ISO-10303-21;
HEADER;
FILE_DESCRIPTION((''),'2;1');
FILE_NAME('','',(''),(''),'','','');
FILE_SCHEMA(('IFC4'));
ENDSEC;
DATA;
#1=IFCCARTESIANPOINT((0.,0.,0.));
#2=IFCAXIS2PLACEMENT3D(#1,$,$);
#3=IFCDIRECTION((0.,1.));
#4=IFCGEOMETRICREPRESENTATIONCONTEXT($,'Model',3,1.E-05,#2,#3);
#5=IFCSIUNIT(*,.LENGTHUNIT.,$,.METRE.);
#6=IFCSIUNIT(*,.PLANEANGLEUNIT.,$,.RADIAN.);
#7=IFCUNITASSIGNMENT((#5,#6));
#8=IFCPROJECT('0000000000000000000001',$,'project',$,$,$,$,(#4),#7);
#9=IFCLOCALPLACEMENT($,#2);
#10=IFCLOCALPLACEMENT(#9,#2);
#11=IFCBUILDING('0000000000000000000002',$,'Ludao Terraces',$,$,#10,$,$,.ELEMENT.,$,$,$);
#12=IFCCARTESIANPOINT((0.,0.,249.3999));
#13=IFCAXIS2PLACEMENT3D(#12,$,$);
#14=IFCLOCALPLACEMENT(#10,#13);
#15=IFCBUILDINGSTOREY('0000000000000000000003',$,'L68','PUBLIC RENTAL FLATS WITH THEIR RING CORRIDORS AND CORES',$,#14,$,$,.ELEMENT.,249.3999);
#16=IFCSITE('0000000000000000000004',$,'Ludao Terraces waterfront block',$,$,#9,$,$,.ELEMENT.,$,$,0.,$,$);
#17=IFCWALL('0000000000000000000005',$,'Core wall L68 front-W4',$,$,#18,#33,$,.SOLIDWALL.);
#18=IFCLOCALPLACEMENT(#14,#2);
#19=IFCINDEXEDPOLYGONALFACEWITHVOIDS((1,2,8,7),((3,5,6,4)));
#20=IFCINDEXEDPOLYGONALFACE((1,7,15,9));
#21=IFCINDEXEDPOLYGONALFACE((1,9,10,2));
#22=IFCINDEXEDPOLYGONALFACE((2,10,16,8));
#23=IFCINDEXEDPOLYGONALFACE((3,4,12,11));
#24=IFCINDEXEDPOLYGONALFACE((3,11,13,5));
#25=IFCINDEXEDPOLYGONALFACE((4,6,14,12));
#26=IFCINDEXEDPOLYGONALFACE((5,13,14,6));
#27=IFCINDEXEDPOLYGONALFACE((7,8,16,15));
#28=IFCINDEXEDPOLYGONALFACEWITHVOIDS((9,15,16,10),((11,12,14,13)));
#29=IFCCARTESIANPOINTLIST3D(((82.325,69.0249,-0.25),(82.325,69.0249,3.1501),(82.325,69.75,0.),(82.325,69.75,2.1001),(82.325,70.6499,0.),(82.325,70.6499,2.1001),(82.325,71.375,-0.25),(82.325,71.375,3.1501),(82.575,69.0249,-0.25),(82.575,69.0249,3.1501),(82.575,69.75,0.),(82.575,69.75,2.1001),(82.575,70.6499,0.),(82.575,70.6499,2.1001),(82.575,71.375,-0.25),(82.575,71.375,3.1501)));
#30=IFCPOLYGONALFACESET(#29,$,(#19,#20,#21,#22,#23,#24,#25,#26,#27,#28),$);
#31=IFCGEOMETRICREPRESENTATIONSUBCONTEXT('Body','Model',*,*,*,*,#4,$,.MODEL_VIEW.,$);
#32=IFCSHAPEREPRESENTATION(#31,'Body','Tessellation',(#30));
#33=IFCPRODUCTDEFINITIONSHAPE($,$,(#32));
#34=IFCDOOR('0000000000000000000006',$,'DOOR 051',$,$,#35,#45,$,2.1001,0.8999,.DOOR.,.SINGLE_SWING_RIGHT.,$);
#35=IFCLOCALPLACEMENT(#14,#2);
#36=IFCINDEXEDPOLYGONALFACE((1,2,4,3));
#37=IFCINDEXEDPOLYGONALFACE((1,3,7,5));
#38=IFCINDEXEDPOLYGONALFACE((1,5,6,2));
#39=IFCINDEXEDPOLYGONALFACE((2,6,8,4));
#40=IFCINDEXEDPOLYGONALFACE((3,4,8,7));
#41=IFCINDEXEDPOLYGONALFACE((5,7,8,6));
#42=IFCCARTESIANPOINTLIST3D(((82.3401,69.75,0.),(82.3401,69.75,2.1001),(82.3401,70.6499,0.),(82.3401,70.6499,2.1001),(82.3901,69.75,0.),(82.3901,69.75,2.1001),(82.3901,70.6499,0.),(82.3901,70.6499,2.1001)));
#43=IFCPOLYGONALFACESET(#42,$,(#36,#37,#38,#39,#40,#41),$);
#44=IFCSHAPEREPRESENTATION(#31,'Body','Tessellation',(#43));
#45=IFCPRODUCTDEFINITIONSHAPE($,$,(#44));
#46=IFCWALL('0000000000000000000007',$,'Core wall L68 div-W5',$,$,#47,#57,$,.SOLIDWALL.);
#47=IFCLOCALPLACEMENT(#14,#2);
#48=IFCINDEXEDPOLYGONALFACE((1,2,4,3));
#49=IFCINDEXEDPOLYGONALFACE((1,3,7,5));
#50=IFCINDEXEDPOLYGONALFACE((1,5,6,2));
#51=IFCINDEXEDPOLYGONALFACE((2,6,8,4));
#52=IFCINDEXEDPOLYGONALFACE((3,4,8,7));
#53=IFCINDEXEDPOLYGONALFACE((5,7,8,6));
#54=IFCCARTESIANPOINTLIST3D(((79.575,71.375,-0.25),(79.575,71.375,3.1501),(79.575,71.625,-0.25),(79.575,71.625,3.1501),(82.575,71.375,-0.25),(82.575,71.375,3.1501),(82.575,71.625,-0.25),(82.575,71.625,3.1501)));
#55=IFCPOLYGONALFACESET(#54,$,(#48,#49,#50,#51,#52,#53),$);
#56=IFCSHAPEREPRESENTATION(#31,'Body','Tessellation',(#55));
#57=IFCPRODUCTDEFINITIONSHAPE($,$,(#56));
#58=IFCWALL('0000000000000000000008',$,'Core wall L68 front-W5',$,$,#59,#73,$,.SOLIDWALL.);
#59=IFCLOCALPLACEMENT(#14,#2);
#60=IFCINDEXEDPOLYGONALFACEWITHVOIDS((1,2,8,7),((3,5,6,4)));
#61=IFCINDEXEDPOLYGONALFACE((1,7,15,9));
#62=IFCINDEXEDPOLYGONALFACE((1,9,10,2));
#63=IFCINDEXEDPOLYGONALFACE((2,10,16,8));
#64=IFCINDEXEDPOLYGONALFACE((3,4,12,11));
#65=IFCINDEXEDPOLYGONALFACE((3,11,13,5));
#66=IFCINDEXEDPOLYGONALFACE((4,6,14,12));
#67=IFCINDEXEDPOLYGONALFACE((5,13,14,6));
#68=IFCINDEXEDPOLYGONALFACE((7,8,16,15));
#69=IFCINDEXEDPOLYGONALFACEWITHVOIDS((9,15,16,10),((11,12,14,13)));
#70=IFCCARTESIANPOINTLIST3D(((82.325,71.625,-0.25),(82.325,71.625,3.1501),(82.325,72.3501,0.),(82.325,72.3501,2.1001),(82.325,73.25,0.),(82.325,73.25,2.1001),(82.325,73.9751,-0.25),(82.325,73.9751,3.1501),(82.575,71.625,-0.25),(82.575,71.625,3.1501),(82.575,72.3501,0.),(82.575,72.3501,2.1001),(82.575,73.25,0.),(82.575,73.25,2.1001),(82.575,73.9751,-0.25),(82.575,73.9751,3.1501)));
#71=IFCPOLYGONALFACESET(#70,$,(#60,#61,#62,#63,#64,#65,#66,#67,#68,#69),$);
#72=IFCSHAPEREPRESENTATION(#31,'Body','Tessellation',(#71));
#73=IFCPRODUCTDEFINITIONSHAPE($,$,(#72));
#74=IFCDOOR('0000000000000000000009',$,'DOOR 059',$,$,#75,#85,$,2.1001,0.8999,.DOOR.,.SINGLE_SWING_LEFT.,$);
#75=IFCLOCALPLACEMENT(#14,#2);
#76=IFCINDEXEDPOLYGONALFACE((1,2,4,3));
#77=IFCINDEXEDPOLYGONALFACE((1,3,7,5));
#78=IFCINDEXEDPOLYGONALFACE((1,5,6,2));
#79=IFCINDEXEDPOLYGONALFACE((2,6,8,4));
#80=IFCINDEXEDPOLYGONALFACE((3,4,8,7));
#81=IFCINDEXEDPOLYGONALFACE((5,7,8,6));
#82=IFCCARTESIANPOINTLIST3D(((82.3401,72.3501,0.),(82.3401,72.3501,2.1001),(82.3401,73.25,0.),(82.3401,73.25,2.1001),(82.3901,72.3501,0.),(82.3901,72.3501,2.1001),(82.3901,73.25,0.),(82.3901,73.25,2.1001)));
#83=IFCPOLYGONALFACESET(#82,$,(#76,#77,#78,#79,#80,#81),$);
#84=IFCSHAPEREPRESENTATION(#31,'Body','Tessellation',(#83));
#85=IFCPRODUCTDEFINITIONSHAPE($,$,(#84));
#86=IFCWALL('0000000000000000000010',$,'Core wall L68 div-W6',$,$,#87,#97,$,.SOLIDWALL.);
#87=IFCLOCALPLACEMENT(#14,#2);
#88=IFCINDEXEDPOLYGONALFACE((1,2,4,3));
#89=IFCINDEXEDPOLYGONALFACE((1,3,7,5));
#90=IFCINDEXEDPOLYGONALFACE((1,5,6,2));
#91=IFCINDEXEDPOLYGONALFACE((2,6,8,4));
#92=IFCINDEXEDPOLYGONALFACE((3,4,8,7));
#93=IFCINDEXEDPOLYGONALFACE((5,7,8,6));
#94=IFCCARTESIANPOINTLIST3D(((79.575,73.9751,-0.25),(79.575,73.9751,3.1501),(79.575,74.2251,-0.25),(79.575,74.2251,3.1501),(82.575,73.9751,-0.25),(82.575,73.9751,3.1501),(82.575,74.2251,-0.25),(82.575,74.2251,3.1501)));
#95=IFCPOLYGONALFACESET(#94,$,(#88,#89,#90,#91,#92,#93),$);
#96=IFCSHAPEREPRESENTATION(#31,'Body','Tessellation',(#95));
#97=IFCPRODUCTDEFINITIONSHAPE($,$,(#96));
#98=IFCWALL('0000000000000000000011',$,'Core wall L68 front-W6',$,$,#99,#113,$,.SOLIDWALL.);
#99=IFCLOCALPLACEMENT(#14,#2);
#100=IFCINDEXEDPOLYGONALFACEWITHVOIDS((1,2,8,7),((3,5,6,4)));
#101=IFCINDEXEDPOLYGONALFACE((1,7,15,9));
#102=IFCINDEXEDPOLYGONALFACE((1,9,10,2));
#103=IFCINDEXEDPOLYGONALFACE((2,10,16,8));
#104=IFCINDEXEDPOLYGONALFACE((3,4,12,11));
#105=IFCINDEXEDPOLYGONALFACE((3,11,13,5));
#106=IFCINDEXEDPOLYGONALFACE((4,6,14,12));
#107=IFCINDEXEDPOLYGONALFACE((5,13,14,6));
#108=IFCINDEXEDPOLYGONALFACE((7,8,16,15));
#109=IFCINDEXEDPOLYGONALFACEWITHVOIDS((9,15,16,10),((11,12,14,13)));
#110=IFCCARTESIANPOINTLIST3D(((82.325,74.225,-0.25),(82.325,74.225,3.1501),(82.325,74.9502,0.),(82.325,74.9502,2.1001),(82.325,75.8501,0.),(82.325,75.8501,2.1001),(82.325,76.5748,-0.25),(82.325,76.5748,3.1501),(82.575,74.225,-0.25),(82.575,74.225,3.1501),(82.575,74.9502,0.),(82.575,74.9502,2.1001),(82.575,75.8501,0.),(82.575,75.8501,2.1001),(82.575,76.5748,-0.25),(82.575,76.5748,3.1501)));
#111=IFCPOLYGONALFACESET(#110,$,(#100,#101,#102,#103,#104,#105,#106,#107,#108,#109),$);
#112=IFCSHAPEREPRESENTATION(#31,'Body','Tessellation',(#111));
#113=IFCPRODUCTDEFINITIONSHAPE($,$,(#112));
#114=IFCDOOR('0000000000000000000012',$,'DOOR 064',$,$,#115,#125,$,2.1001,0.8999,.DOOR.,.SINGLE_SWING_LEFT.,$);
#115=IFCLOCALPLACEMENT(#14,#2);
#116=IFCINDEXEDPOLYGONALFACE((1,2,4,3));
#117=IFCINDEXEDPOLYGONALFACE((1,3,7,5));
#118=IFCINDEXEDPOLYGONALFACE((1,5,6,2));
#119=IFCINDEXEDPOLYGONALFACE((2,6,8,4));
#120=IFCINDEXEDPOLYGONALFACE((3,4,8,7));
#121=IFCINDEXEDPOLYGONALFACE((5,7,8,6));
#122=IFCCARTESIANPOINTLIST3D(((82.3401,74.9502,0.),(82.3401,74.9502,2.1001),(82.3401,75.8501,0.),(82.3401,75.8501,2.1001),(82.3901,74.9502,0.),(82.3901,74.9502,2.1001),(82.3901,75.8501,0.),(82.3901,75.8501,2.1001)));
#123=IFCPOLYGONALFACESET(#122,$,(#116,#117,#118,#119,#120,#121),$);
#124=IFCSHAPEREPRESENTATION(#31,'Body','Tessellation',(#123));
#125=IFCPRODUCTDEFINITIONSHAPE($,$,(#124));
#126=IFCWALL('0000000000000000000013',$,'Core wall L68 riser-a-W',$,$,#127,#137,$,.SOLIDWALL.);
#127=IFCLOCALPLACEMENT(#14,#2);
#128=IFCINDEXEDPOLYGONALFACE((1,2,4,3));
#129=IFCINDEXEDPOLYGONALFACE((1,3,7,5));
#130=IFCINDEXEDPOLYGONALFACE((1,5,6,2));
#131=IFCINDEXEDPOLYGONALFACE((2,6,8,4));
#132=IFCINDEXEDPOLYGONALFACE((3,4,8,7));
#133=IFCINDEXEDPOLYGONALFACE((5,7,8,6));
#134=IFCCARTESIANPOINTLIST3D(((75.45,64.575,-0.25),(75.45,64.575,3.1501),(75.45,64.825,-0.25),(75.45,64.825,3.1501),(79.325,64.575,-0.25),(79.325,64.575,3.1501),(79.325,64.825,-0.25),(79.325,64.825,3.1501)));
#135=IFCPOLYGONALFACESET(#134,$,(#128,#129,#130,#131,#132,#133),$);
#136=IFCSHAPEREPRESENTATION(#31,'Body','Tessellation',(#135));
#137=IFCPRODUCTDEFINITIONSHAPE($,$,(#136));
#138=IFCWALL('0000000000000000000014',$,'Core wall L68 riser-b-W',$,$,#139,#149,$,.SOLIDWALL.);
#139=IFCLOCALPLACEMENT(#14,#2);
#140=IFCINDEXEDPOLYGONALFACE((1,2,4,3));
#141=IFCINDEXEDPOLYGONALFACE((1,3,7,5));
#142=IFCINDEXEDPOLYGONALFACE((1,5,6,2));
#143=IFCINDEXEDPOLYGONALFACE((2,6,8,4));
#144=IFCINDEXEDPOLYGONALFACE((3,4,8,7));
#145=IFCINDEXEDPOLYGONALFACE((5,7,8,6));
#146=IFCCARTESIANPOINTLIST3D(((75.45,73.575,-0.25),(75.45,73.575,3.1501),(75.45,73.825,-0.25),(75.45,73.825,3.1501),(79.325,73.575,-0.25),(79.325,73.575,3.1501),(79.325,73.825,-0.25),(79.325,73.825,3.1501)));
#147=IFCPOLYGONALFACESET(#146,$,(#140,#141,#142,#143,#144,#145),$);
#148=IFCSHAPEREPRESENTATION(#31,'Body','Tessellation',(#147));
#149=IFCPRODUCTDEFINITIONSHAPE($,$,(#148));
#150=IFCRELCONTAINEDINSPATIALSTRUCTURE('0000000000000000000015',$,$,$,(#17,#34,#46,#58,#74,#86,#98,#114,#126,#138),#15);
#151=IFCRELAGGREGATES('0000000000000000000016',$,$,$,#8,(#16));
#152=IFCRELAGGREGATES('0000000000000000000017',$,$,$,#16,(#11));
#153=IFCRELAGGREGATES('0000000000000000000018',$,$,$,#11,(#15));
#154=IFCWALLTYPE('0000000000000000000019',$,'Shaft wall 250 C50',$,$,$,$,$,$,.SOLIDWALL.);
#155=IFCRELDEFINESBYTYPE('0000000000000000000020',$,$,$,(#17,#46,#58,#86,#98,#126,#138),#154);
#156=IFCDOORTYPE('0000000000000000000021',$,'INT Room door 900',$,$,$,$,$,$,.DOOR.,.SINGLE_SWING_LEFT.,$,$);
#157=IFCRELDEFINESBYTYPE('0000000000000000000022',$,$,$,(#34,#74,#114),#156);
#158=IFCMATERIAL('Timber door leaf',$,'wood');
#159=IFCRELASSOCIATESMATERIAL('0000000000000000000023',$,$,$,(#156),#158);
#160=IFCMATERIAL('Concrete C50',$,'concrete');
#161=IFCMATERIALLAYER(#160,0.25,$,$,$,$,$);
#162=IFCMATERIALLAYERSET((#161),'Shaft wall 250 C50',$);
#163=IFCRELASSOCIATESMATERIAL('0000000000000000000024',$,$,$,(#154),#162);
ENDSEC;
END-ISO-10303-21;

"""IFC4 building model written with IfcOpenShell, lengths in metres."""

from ifc_helpers import new_model, si_unit, direction, frame, frame_2d, origin, place, context, subcontext, project, spatial, rectangle, extrude, material, layer, layer_set, type_object, element, fill, save


model = new_model("IFC4")

# Units and contexts
model_context = context("Model", 3, precision=1e-05, world=origin(), true_north=direction((0.0, 1.0)))
body_context = subcontext(model_context, "Body", "Model", "MODEL_VIEW")
ifc_project = project(units=[si_unit("LENGTHUNIT", "METRE"), si_unit("PLANEANGLEUNIT", "RADIAN")], contexts=[model_context])

# Site, building, storey
site_placement = place(None, origin())
site = spatial("IfcSite", under=ifc_project, at=site_placement, Name="Ludao Terraces waterfront block", CompositionType="ELEMENT", RefElevation=0.0)
building_placement = place(site_placement, origin())
building = spatial("IfcBuilding", under=site, at=building_placement, Name="Ludao Terraces", CompositionType="ELEMENT")
storey_placement = place(building_placement, frame((0.0, 0.0, 249.3999)))
storey = spatial("IfcBuildingStorey", under=building, at=storey_placement, Name="L68", Description="PUBLIC RENTAL FLATS WITH THEIR RING CORRIDORS AND CORES", CompositionType="ELEMENT", Elevation=249.3999)

# Shared definitions
ifc_material_1 = material(Name="Timber door leaf", Category="wood")
door_type_1 = type_object("IfcDoorType", Name="INT Room door 900", OperationType="SINGLE_SWING_LEFT", PredefinedType="DOOR", material=ifc_material_1)

# Shared definitions
ifc_material_2 = material(Name="Concrete C50", Category="concrete")
ifc_layer_1 = layer(ifc_material_2, 0.25)
ifc_layer_set_1 = layer_set([ifc_layer_1], Name="Shaft wall 250 C50")
wall_type_1 = type_object("IfcWallType", Name="Shaft wall 250 C50", PredefinedType="SOLIDWALL", material=ifc_layer_set_1)

# Wall, opening, door
wall_1_placement = place(storey_placement, frame((82.45, 69.0249, -0.25), z_axis=(0.0, 0.0, 1.0), x_axis=(0.0, 1.0, 0.0)))
wall_1 = element("IfcWall", 1, at=wall_1_placement, inside=storey, type_object=wall_type_1, Name="Core wall L68 front-W4", PredefinedType="SOLIDWALL", context=body_context, shape_type="SweptSolid", body=[
    extrude(rectangle(XDim=2.3501, YDim=0.25, at=frame_2d((1.175, 0.0))), origin(), (0.0, 0.0, 1.0), 3.4001),
])
opening_1_placement = place(wall_1_placement, frame((0.7251, 0.0, 0.25)))
opening_1 = element("IfcOpeningElement", 2, at=opening_1_placement, cuts=wall_1, PredefinedType="OPENING", context=body_context, shape_type="SweptSolid", body=[
    extrude(rectangle(XDim=0.8999, YDim=2.1001, at=frame_2d((0.45, 1.05))), frame((0.0, 0.135, 0.0), z_axis=(0.0, -1.0, 0.0), x_axis=(1.0, 0.0, 0.0)), (0.0, 0.0, 1.0), 0.27),
])
door_1_placement = place(opening_1_placement, origin())
door_1 = element("IfcDoor", 3, at=door_1_placement, inside=storey, type_object=door_type_1, Name="DOOR 051", OperationType="SINGLE_SWING_RIGHT", OverallHeight=2.1001, OverallWidth=0.8999, PredefinedType="DOOR", context=body_context, shape_type="SweptSolid", body=[
    extrude(rectangle(XDim=0.8999, YDim=2.1001, at=frame_2d((0.45, 1.05))), frame((0.0, 0.1099, 0.0), z_axis=(0.0, -1.0, 0.0), x_axis=(1.0, 0.0, 0.0)), (0.0, 0.0, 1.0), 0.05),
])
fill(opening_1, door_1)

# Wall
wall_2_placement = place(storey_placement, frame((79.575, 71.5, -0.25), z_axis=(0.0, 0.0, 1.0), x_axis=(1.0, 0.0, 0.0)))
element("IfcWall", 4, at=wall_2_placement, inside=storey, type_object=wall_type_1, Name="Core wall L68 div-W5", PredefinedType="SOLIDWALL", context=body_context, shape_type="SweptSolid", body=[
    extrude(rectangle(XDim=3.0, YDim=0.25, at=frame_2d((1.5, 0.0))), origin(), (0.0, 0.0, 1.0), 3.4001),
])

# Wall, opening, door
wall_3_placement = place(storey_placement, frame((82.45, 71.625, -0.25), z_axis=(0.0, 0.0, 1.0), x_axis=(0.0, 1.0, 0.0)))
wall_3 = element("IfcWall", 5, at=wall_3_placement, inside=storey, type_object=wall_type_1, Name="Core wall L68 front-W5", PredefinedType="SOLIDWALL", context=body_context, shape_type="SweptSolid", body=[
    extrude(rectangle(XDim=2.3501, YDim=0.25, at=frame_2d((1.175, 0.0))), origin(), (0.0, 0.0, 1.0), 3.4001),
])
opening_2_placement = place(wall_3_placement, frame((0.7251, 0.0, 0.25)))
opening_2 = element("IfcOpeningElement", 6, at=opening_2_placement, cuts=wall_3, PredefinedType="OPENING", context=body_context, shape_type="SweptSolid", body=[
    extrude(rectangle(XDim=0.8999, YDim=2.1001, at=frame_2d((0.45, 1.05))), frame((0.0, 0.135, 0.0), z_axis=(0.0, -1.0, 0.0), x_axis=(1.0, 0.0, 0.0)), (0.0, 0.0, 1.0), 0.27),
])
door_2_placement = place(opening_2_placement, origin())
door_2 = element("IfcDoor", 7, at=door_2_placement, inside=storey, type_object=door_type_1, Name="DOOR 059", OperationType="SINGLE_SWING_LEFT", OverallHeight=2.1001, OverallWidth=0.8999, PredefinedType="DOOR", context=body_context, shape_type="SweptSolid", body=[
    extrude(rectangle(XDim=0.8999, YDim=2.1001, at=frame_2d((0.45, 1.05))), frame((0.0, 0.1099, 0.0), z_axis=(0.0, -1.0, 0.0), x_axis=(1.0, 0.0, 0.0)), (0.0, 0.0, 1.0), 0.05),
])
fill(opening_2, door_2)

# Wall
wall_4_placement = place(storey_placement, frame((79.575, 74.1001, -0.25), z_axis=(0.0, 0.0, 1.0), x_axis=(1.0, 0.0, 0.0)))
element("IfcWall", 8, at=wall_4_placement, inside=storey, type_object=wall_type_1, Name="Core wall L68 div-W6", PredefinedType="SOLIDWALL", context=body_context, shape_type="SweptSolid", body=[
    extrude(rectangle(XDim=3.0, YDim=0.25, at=frame_2d((1.5, 0.0))), origin(), (0.0, 0.0, 1.0), 3.4001),
])

# Wall, opening, door
wall_5_placement = place(storey_placement, frame((82.45, 74.2251, -0.25), z_axis=(0.0, 0.0, 1.0), x_axis=(0.0, 1.0, 0.0)))
wall_5 = element("IfcWall", 9, at=wall_5_placement, inside=storey, type_object=wall_type_1, Name="Core wall L68 front-W6", PredefinedType="SOLIDWALL", context=body_context, shape_type="SweptSolid", body=[
    extrude(rectangle(XDim=2.3499, YDim=0.25, at=frame_2d((1.1748, 0.0))), origin(), (0.0, 0.0, 1.0), 3.4001),
])
opening_3_placement = place(wall_5_placement, frame((0.7251, 0.0, 0.25)))
opening_3 = element("IfcOpeningElement", 10, at=opening_3_placement, cuts=wall_5, PredefinedType="OPENING", context=body_context, shape_type="SweptSolid", body=[
    extrude(rectangle(XDim=0.8999, YDim=2.1001, at=frame_2d((0.45, 1.05))), frame((0.0, 0.135, 0.0), z_axis=(0.0, -1.0, 0.0), x_axis=(1.0, 0.0, 0.0)), (0.0, 0.0, 1.0), 0.27),
])
door_3_placement = place(opening_3_placement, origin())
door_3 = element("IfcDoor", 11, at=door_3_placement, inside=storey, type_object=door_type_1, Name="DOOR 064", OperationType="SINGLE_SWING_LEFT", OverallHeight=2.1001, OverallWidth=0.8999, PredefinedType="DOOR", context=body_context, shape_type="SweptSolid", body=[
    extrude(rectangle(XDim=0.8999, YDim=2.1001, at=frame_2d((0.45, 1.05))), frame((0.0, 0.1099, 0.0), z_axis=(0.0, -1.0, 0.0), x_axis=(1.0, 0.0, 0.0)), (0.0, 0.0, 1.0), 0.05),
])
fill(opening_3, door_3)

# Walls
for number, where, z_axis, x_axis, name in (
    (12, (75.45, 64.7, -0.25), (0.0, 0.0, 1.0), (1.0, 0.0, 0.0), "Core wall L68 riser-a-W"),
    (13, (75.45, 73.7, -0.25), (0.0, 0.0, 1.0), (1.0, 0.0, 0.0), "Core wall L68 riser-b-W"),
):
    element("IfcWall", number, at=place(storey_placement, frame(where, z_axis=z_axis, x_axis=x_axis)), inside=storey, type_object=wall_type_1, Name=name, PredefinedType="SOLIDWALL", context=body_context, shape_type="SweptSolid", body=[
        extrude(rectangle(XDim=3.875, YDim=0.25, at=frame_2d((1.9375, 0.0))), origin(), (0.0, 0.0, 1.0), 3.4001),
    ])

save(model, "model.ifc")
